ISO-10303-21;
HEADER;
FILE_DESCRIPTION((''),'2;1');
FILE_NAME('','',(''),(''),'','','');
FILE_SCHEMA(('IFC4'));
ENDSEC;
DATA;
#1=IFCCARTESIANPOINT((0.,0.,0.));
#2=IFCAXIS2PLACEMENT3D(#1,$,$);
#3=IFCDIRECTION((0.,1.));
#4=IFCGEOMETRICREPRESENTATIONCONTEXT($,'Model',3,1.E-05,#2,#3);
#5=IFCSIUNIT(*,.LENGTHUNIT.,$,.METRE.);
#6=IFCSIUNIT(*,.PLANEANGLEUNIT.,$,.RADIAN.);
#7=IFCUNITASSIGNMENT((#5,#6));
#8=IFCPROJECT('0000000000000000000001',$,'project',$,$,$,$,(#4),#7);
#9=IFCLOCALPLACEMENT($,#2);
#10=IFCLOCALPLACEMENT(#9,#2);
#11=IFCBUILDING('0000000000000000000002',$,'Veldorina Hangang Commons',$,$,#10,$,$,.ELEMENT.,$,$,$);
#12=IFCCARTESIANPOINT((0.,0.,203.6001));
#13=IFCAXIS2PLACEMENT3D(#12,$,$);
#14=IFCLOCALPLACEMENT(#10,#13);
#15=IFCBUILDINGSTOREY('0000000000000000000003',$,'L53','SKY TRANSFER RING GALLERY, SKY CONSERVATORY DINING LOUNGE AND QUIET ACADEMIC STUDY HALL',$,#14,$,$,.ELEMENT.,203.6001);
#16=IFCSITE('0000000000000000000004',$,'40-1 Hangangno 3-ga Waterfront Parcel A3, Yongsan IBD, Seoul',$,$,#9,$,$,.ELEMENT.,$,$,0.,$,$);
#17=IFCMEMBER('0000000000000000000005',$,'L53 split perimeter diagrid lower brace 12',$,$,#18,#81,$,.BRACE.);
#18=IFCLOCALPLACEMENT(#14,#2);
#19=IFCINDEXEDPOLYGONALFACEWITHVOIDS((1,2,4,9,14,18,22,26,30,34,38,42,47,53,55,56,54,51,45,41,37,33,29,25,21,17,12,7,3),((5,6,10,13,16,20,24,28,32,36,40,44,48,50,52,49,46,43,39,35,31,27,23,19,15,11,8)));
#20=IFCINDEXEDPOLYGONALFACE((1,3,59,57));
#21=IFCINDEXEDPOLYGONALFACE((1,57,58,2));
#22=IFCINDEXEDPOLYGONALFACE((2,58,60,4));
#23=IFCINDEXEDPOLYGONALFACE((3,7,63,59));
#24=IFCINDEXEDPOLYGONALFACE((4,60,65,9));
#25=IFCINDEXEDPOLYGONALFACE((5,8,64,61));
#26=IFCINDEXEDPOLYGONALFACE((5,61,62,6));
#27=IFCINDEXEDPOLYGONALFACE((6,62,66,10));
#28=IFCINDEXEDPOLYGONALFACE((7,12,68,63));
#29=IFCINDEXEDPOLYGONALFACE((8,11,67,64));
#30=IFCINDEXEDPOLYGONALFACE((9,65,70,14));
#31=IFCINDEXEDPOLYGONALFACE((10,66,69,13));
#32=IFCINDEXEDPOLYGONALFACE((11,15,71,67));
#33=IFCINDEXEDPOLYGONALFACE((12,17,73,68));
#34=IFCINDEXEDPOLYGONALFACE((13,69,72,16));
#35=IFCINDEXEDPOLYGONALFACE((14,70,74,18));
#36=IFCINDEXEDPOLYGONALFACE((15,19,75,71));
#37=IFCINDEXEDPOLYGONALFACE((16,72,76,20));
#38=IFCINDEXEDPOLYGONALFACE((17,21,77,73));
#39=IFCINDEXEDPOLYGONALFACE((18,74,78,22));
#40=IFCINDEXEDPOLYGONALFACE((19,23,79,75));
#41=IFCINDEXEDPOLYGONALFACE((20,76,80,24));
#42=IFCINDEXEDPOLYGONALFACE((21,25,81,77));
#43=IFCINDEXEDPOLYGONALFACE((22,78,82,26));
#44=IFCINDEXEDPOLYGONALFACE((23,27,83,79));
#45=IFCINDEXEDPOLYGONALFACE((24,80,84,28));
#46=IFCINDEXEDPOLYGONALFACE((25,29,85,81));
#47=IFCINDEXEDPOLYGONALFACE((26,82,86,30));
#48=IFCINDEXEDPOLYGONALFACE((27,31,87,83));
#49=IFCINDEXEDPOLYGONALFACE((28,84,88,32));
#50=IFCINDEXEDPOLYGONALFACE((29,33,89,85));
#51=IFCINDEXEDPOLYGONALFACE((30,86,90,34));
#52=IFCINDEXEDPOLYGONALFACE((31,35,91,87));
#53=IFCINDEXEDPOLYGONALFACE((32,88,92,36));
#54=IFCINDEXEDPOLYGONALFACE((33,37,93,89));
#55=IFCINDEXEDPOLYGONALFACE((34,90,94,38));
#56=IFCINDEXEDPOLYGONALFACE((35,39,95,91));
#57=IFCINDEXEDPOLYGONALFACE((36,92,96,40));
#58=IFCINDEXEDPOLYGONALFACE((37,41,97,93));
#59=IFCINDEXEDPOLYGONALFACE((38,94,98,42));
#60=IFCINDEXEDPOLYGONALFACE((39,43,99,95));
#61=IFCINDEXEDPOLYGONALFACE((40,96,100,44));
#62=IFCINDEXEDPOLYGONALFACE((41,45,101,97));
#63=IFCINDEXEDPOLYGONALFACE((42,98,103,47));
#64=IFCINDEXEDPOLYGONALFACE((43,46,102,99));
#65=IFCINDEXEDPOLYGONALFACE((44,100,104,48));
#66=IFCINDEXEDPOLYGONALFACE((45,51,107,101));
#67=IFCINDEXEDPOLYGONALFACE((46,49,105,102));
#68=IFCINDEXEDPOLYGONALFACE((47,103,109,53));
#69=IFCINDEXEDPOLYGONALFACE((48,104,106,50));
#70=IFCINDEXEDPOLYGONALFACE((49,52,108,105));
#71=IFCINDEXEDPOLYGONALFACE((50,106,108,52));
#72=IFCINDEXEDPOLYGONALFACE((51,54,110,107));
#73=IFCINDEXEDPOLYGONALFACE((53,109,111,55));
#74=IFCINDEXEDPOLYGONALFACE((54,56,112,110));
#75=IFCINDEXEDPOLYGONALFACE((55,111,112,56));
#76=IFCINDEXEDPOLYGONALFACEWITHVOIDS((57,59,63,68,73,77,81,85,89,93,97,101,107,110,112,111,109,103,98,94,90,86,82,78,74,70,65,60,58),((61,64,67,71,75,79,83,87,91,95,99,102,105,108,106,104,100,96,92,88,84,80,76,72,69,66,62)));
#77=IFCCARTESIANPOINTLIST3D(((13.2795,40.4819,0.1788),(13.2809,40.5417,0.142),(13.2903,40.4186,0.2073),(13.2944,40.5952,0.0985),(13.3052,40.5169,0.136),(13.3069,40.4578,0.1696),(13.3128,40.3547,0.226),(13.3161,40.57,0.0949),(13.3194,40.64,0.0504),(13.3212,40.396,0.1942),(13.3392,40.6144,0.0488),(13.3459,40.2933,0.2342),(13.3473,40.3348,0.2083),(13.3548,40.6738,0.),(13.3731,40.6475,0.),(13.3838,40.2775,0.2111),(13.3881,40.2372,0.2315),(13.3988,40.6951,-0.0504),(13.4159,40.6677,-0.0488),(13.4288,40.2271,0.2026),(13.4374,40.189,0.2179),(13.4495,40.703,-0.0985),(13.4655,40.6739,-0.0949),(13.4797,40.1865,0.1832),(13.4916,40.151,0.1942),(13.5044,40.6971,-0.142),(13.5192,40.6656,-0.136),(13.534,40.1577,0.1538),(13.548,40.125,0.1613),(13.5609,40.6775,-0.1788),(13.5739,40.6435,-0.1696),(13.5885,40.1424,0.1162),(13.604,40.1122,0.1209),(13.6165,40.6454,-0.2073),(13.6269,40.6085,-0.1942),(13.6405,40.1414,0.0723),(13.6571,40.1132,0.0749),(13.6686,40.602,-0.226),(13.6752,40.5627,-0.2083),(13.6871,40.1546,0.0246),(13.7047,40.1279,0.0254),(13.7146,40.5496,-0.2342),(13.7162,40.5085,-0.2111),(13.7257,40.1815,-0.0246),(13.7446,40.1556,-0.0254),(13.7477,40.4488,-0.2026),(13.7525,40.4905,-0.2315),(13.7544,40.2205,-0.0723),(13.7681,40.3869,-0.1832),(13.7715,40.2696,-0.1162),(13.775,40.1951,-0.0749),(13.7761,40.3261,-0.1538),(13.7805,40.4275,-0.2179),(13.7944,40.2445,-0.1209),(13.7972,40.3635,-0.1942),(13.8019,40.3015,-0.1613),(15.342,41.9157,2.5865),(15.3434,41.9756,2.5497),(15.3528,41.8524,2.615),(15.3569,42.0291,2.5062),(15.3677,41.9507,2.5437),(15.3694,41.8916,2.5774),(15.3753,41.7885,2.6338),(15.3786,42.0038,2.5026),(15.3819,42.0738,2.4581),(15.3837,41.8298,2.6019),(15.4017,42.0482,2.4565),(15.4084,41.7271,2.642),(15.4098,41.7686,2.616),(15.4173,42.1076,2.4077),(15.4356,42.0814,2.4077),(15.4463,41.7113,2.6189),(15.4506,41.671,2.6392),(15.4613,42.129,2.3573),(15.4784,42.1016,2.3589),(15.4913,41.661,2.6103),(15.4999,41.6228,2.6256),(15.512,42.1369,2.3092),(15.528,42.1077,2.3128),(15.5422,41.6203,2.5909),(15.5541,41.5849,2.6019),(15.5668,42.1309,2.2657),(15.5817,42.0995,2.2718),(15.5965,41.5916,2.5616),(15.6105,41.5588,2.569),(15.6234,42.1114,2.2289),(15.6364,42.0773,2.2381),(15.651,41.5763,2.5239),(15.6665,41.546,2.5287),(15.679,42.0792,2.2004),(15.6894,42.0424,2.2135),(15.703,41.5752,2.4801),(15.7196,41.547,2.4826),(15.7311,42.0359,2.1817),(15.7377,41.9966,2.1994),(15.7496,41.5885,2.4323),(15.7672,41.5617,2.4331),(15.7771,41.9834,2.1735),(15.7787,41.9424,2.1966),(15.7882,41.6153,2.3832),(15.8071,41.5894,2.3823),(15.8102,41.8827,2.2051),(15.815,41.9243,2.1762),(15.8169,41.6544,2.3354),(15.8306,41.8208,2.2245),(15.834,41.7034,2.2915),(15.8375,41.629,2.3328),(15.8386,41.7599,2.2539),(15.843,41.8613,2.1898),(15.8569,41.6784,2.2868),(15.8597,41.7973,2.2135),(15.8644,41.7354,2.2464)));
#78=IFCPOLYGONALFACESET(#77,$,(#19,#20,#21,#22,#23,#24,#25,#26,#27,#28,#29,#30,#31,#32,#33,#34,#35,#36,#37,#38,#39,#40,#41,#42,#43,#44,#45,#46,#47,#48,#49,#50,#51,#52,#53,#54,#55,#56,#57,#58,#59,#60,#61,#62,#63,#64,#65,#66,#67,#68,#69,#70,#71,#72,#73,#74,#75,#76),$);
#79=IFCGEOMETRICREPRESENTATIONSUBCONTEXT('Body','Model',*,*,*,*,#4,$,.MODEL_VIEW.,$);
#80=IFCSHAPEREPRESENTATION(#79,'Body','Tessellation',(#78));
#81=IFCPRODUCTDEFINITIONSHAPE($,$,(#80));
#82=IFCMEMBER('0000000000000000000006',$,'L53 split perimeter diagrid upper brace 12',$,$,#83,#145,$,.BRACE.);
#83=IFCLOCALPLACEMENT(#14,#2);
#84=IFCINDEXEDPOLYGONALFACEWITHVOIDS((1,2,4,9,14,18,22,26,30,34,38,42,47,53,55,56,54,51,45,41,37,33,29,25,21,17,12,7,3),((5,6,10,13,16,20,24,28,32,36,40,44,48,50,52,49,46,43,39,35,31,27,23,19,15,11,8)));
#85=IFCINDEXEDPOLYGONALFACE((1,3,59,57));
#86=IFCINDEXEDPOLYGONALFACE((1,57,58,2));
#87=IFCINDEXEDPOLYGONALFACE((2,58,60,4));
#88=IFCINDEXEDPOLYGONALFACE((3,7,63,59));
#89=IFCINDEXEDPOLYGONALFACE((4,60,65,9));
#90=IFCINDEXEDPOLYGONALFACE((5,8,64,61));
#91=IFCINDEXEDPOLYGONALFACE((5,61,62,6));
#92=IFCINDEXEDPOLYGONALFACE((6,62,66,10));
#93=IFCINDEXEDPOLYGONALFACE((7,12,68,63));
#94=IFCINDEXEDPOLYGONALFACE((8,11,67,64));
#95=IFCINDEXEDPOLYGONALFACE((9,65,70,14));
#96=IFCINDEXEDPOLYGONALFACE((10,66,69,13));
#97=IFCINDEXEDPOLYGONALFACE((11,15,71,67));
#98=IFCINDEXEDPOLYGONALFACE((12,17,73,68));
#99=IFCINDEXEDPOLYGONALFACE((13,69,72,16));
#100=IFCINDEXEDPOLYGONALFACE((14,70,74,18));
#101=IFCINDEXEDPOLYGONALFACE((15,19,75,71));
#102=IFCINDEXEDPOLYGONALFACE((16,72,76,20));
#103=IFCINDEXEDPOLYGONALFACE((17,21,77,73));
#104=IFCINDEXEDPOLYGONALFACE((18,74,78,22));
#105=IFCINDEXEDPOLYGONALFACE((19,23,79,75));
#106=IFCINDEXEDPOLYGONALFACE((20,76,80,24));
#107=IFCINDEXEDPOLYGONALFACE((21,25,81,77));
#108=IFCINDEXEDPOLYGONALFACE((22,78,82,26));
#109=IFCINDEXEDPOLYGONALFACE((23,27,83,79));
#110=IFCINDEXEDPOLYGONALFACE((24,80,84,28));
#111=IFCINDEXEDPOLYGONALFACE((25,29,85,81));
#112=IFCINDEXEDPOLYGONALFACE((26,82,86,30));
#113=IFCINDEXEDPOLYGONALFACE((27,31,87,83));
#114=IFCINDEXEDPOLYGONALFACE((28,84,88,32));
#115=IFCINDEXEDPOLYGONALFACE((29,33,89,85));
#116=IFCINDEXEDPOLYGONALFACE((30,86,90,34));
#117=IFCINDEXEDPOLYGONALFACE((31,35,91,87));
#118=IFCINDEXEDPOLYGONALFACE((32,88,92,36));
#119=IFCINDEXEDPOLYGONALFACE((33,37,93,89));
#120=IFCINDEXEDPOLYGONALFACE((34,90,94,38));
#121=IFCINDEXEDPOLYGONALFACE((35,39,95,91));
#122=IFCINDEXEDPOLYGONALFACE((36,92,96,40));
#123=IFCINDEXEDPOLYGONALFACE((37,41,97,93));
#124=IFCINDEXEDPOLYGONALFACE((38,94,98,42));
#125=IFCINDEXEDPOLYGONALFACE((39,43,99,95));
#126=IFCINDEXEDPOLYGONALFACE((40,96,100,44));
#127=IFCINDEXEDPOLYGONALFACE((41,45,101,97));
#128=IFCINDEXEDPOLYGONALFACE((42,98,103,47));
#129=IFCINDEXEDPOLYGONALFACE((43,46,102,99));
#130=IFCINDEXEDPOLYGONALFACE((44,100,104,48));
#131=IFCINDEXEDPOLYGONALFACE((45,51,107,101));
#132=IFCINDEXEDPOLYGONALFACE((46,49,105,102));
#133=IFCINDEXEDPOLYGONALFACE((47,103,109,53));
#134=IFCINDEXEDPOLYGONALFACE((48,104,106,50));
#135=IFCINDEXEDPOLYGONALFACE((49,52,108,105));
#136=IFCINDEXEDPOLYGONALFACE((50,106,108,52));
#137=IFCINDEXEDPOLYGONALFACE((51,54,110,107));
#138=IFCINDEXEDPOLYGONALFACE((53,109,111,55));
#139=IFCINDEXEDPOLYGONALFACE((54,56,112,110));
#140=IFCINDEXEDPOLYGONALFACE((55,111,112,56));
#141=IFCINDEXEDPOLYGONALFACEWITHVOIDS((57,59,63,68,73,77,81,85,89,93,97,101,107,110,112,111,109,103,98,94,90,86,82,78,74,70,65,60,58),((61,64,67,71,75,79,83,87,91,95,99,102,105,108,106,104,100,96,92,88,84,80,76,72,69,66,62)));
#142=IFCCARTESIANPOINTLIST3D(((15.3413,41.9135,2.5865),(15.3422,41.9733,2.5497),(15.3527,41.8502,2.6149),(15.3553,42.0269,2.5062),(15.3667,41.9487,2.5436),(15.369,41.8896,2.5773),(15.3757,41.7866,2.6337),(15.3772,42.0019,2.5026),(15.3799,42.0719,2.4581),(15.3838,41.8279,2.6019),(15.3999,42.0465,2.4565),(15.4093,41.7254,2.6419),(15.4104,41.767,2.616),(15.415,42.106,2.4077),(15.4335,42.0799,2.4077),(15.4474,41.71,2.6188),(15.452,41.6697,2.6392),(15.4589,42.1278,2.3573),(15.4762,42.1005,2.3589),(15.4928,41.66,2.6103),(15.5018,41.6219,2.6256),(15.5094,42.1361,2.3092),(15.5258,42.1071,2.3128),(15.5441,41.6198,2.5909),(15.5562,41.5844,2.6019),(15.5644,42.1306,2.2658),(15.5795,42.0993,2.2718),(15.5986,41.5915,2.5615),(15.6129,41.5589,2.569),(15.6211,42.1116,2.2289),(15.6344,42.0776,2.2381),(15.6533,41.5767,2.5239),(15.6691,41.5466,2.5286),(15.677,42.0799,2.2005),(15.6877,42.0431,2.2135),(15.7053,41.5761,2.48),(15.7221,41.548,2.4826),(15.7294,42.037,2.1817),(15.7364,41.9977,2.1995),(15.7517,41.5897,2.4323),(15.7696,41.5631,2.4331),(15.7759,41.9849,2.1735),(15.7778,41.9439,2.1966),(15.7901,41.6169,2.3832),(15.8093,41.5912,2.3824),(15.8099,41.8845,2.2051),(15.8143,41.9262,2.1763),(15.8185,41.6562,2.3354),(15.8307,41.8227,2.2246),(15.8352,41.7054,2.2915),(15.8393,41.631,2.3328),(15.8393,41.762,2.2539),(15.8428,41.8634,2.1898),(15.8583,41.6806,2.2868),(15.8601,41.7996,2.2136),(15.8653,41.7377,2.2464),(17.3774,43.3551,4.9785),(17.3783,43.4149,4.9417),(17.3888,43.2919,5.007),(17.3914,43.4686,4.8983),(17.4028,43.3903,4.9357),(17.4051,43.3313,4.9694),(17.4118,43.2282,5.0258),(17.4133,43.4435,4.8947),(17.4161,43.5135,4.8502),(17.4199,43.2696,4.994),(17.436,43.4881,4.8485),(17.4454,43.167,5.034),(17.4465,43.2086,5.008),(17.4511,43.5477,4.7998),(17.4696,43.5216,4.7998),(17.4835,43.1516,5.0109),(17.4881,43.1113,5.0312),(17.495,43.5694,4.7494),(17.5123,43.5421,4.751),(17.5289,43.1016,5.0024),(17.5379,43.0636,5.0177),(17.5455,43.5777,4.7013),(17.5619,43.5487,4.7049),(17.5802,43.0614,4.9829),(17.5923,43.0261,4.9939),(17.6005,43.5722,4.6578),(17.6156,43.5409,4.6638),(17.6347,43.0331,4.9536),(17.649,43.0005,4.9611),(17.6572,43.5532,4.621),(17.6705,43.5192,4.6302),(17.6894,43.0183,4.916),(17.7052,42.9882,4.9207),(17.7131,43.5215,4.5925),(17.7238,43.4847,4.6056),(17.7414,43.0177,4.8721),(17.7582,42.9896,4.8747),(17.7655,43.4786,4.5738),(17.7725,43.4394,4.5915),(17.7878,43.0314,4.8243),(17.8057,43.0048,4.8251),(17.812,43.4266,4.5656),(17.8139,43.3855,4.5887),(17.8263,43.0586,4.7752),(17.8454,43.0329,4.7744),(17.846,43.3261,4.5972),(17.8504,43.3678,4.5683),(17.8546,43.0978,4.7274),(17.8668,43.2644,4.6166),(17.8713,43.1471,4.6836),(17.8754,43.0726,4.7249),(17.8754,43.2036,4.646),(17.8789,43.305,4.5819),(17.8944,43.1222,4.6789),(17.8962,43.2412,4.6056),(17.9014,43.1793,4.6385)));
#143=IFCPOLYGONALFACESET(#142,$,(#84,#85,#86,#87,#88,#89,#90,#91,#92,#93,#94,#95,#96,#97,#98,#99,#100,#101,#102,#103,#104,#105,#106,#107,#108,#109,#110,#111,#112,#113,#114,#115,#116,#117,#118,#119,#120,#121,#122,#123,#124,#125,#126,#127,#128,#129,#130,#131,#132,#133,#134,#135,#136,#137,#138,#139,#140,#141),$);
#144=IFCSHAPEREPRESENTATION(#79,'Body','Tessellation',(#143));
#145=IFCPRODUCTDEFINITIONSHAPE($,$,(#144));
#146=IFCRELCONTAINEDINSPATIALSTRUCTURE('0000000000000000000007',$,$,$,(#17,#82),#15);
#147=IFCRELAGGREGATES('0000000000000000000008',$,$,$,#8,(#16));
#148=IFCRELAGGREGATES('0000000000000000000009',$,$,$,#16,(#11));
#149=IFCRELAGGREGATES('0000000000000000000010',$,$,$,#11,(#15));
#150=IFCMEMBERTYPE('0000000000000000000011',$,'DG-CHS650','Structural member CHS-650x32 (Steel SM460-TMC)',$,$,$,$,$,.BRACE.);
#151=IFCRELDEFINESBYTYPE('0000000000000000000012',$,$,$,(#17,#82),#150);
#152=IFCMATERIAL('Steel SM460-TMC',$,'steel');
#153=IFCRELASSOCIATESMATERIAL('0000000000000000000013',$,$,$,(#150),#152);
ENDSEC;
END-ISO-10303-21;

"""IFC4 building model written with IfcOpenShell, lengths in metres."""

from ifc_helpers import new_model, si_unit, direction, frame, origin, origin_2d, place, context, subcontext, project, spatial, hollow_circle, extrude, material, material_profile, profile_set, type_object, element, save


model = new_model("IFC4")

# Units and contexts
model_context = context("Model", 3, precision=1e-05, world=origin(), true_north=direction((0.0, 1.0)))
body_context = subcontext(model_context, "Body", "Model", "MODEL_VIEW")
ifc_project = project(units=[si_unit("LENGTHUNIT", "METRE"), si_unit("PLANEANGLEUNIT", "RADIAN")], contexts=[model_context])

# Site, building, storey
site_placement = place(None, origin())
site = spatial("IfcSite", under=ifc_project, at=site_placement, Name="40-1 Hangangno 3-ga Waterfront Parcel A3, Yongsan IBD, Seoul", CompositionType="ELEMENT", RefElevation=0.0)
building_placement = place(site_placement, origin())
building = spatial("IfcBuilding", under=site, at=building_placement, Name="Veldorina Hangang Commons", CompositionType="ELEMENT")
storey_placement = place(building_placement, frame((0.0, 0.0, 203.6001)))
storey = spatial("IfcBuildingStorey", under=building, at=storey_placement, Name="L53", Description="SKY TRANSFER RING GALLERY, SKY CONSERVATORY DINING LOUNGE AND QUIET ACADEMIC STUDY HALL", CompositionType="ELEMENT", Elevation=203.6001)

# Members
ifc_material_1 = material(Name="Steel SM460-TMC", Category="steel")
ifc_material_profile_1 = material_profile(ifc_material_1, hollow_circle(Radius=0.325, WallThickness=0.032, at=origin_2d()), Name="CHS-650x32")
ifc_profile_set_1 = profile_set([ifc_material_profile_1], Name="Steel SM460-TMC")
member_type_1 = type_object("IfcMemberType", Name="DG-CHS650", Description="Structural member CHS-650x32 (Steel SM460-TMC)", PredefinedType="BRACE", material=ifc_profile_set_1)
member_1_placement = place(storey_placement, frame((13.5403, 40.407, 0.0), z_axis=(0.592758, 0.412082, 0.691972), x_axis=(-0.570811, 0.821081, 0.0)))
element("IfcMember", 1, at=member_1_placement, inside=storey, type_object=member_type_1, Name="L53 split perimeter diagrid lower brace 12", PredefinedType="BRACE", context=body_context, shape_type="SweptSolid", body=[
    extrude(hollow_circle(Radius=0.325, WallThickness=0.032, at=origin_2d()), origin(), (0.0, 0.0, 1.0), 3.4795),
])
member_2_placement = place(storey_placement, frame((15.6028, 41.8408, 2.4077), z_axis=(0.589101, 0.417103, 0.692088), x_axis=(-0.577854, 0.81614, 0.0)))
element("IfcMember", 2, at=member_2_placement, inside=storey, type_object=member_type_1, Name="L53 split perimeter diagrid upper brace 12", PredefinedType="BRACE", context=body_context, shape_type="SweptSolid", body=[
    extrude(hollow_circle(Radius=0.325, WallThickness=0.032, at=origin_2d()), origin(), (0.0, 0.0, 1.0), 3.4563),
])

save(model, "model.ifc")
